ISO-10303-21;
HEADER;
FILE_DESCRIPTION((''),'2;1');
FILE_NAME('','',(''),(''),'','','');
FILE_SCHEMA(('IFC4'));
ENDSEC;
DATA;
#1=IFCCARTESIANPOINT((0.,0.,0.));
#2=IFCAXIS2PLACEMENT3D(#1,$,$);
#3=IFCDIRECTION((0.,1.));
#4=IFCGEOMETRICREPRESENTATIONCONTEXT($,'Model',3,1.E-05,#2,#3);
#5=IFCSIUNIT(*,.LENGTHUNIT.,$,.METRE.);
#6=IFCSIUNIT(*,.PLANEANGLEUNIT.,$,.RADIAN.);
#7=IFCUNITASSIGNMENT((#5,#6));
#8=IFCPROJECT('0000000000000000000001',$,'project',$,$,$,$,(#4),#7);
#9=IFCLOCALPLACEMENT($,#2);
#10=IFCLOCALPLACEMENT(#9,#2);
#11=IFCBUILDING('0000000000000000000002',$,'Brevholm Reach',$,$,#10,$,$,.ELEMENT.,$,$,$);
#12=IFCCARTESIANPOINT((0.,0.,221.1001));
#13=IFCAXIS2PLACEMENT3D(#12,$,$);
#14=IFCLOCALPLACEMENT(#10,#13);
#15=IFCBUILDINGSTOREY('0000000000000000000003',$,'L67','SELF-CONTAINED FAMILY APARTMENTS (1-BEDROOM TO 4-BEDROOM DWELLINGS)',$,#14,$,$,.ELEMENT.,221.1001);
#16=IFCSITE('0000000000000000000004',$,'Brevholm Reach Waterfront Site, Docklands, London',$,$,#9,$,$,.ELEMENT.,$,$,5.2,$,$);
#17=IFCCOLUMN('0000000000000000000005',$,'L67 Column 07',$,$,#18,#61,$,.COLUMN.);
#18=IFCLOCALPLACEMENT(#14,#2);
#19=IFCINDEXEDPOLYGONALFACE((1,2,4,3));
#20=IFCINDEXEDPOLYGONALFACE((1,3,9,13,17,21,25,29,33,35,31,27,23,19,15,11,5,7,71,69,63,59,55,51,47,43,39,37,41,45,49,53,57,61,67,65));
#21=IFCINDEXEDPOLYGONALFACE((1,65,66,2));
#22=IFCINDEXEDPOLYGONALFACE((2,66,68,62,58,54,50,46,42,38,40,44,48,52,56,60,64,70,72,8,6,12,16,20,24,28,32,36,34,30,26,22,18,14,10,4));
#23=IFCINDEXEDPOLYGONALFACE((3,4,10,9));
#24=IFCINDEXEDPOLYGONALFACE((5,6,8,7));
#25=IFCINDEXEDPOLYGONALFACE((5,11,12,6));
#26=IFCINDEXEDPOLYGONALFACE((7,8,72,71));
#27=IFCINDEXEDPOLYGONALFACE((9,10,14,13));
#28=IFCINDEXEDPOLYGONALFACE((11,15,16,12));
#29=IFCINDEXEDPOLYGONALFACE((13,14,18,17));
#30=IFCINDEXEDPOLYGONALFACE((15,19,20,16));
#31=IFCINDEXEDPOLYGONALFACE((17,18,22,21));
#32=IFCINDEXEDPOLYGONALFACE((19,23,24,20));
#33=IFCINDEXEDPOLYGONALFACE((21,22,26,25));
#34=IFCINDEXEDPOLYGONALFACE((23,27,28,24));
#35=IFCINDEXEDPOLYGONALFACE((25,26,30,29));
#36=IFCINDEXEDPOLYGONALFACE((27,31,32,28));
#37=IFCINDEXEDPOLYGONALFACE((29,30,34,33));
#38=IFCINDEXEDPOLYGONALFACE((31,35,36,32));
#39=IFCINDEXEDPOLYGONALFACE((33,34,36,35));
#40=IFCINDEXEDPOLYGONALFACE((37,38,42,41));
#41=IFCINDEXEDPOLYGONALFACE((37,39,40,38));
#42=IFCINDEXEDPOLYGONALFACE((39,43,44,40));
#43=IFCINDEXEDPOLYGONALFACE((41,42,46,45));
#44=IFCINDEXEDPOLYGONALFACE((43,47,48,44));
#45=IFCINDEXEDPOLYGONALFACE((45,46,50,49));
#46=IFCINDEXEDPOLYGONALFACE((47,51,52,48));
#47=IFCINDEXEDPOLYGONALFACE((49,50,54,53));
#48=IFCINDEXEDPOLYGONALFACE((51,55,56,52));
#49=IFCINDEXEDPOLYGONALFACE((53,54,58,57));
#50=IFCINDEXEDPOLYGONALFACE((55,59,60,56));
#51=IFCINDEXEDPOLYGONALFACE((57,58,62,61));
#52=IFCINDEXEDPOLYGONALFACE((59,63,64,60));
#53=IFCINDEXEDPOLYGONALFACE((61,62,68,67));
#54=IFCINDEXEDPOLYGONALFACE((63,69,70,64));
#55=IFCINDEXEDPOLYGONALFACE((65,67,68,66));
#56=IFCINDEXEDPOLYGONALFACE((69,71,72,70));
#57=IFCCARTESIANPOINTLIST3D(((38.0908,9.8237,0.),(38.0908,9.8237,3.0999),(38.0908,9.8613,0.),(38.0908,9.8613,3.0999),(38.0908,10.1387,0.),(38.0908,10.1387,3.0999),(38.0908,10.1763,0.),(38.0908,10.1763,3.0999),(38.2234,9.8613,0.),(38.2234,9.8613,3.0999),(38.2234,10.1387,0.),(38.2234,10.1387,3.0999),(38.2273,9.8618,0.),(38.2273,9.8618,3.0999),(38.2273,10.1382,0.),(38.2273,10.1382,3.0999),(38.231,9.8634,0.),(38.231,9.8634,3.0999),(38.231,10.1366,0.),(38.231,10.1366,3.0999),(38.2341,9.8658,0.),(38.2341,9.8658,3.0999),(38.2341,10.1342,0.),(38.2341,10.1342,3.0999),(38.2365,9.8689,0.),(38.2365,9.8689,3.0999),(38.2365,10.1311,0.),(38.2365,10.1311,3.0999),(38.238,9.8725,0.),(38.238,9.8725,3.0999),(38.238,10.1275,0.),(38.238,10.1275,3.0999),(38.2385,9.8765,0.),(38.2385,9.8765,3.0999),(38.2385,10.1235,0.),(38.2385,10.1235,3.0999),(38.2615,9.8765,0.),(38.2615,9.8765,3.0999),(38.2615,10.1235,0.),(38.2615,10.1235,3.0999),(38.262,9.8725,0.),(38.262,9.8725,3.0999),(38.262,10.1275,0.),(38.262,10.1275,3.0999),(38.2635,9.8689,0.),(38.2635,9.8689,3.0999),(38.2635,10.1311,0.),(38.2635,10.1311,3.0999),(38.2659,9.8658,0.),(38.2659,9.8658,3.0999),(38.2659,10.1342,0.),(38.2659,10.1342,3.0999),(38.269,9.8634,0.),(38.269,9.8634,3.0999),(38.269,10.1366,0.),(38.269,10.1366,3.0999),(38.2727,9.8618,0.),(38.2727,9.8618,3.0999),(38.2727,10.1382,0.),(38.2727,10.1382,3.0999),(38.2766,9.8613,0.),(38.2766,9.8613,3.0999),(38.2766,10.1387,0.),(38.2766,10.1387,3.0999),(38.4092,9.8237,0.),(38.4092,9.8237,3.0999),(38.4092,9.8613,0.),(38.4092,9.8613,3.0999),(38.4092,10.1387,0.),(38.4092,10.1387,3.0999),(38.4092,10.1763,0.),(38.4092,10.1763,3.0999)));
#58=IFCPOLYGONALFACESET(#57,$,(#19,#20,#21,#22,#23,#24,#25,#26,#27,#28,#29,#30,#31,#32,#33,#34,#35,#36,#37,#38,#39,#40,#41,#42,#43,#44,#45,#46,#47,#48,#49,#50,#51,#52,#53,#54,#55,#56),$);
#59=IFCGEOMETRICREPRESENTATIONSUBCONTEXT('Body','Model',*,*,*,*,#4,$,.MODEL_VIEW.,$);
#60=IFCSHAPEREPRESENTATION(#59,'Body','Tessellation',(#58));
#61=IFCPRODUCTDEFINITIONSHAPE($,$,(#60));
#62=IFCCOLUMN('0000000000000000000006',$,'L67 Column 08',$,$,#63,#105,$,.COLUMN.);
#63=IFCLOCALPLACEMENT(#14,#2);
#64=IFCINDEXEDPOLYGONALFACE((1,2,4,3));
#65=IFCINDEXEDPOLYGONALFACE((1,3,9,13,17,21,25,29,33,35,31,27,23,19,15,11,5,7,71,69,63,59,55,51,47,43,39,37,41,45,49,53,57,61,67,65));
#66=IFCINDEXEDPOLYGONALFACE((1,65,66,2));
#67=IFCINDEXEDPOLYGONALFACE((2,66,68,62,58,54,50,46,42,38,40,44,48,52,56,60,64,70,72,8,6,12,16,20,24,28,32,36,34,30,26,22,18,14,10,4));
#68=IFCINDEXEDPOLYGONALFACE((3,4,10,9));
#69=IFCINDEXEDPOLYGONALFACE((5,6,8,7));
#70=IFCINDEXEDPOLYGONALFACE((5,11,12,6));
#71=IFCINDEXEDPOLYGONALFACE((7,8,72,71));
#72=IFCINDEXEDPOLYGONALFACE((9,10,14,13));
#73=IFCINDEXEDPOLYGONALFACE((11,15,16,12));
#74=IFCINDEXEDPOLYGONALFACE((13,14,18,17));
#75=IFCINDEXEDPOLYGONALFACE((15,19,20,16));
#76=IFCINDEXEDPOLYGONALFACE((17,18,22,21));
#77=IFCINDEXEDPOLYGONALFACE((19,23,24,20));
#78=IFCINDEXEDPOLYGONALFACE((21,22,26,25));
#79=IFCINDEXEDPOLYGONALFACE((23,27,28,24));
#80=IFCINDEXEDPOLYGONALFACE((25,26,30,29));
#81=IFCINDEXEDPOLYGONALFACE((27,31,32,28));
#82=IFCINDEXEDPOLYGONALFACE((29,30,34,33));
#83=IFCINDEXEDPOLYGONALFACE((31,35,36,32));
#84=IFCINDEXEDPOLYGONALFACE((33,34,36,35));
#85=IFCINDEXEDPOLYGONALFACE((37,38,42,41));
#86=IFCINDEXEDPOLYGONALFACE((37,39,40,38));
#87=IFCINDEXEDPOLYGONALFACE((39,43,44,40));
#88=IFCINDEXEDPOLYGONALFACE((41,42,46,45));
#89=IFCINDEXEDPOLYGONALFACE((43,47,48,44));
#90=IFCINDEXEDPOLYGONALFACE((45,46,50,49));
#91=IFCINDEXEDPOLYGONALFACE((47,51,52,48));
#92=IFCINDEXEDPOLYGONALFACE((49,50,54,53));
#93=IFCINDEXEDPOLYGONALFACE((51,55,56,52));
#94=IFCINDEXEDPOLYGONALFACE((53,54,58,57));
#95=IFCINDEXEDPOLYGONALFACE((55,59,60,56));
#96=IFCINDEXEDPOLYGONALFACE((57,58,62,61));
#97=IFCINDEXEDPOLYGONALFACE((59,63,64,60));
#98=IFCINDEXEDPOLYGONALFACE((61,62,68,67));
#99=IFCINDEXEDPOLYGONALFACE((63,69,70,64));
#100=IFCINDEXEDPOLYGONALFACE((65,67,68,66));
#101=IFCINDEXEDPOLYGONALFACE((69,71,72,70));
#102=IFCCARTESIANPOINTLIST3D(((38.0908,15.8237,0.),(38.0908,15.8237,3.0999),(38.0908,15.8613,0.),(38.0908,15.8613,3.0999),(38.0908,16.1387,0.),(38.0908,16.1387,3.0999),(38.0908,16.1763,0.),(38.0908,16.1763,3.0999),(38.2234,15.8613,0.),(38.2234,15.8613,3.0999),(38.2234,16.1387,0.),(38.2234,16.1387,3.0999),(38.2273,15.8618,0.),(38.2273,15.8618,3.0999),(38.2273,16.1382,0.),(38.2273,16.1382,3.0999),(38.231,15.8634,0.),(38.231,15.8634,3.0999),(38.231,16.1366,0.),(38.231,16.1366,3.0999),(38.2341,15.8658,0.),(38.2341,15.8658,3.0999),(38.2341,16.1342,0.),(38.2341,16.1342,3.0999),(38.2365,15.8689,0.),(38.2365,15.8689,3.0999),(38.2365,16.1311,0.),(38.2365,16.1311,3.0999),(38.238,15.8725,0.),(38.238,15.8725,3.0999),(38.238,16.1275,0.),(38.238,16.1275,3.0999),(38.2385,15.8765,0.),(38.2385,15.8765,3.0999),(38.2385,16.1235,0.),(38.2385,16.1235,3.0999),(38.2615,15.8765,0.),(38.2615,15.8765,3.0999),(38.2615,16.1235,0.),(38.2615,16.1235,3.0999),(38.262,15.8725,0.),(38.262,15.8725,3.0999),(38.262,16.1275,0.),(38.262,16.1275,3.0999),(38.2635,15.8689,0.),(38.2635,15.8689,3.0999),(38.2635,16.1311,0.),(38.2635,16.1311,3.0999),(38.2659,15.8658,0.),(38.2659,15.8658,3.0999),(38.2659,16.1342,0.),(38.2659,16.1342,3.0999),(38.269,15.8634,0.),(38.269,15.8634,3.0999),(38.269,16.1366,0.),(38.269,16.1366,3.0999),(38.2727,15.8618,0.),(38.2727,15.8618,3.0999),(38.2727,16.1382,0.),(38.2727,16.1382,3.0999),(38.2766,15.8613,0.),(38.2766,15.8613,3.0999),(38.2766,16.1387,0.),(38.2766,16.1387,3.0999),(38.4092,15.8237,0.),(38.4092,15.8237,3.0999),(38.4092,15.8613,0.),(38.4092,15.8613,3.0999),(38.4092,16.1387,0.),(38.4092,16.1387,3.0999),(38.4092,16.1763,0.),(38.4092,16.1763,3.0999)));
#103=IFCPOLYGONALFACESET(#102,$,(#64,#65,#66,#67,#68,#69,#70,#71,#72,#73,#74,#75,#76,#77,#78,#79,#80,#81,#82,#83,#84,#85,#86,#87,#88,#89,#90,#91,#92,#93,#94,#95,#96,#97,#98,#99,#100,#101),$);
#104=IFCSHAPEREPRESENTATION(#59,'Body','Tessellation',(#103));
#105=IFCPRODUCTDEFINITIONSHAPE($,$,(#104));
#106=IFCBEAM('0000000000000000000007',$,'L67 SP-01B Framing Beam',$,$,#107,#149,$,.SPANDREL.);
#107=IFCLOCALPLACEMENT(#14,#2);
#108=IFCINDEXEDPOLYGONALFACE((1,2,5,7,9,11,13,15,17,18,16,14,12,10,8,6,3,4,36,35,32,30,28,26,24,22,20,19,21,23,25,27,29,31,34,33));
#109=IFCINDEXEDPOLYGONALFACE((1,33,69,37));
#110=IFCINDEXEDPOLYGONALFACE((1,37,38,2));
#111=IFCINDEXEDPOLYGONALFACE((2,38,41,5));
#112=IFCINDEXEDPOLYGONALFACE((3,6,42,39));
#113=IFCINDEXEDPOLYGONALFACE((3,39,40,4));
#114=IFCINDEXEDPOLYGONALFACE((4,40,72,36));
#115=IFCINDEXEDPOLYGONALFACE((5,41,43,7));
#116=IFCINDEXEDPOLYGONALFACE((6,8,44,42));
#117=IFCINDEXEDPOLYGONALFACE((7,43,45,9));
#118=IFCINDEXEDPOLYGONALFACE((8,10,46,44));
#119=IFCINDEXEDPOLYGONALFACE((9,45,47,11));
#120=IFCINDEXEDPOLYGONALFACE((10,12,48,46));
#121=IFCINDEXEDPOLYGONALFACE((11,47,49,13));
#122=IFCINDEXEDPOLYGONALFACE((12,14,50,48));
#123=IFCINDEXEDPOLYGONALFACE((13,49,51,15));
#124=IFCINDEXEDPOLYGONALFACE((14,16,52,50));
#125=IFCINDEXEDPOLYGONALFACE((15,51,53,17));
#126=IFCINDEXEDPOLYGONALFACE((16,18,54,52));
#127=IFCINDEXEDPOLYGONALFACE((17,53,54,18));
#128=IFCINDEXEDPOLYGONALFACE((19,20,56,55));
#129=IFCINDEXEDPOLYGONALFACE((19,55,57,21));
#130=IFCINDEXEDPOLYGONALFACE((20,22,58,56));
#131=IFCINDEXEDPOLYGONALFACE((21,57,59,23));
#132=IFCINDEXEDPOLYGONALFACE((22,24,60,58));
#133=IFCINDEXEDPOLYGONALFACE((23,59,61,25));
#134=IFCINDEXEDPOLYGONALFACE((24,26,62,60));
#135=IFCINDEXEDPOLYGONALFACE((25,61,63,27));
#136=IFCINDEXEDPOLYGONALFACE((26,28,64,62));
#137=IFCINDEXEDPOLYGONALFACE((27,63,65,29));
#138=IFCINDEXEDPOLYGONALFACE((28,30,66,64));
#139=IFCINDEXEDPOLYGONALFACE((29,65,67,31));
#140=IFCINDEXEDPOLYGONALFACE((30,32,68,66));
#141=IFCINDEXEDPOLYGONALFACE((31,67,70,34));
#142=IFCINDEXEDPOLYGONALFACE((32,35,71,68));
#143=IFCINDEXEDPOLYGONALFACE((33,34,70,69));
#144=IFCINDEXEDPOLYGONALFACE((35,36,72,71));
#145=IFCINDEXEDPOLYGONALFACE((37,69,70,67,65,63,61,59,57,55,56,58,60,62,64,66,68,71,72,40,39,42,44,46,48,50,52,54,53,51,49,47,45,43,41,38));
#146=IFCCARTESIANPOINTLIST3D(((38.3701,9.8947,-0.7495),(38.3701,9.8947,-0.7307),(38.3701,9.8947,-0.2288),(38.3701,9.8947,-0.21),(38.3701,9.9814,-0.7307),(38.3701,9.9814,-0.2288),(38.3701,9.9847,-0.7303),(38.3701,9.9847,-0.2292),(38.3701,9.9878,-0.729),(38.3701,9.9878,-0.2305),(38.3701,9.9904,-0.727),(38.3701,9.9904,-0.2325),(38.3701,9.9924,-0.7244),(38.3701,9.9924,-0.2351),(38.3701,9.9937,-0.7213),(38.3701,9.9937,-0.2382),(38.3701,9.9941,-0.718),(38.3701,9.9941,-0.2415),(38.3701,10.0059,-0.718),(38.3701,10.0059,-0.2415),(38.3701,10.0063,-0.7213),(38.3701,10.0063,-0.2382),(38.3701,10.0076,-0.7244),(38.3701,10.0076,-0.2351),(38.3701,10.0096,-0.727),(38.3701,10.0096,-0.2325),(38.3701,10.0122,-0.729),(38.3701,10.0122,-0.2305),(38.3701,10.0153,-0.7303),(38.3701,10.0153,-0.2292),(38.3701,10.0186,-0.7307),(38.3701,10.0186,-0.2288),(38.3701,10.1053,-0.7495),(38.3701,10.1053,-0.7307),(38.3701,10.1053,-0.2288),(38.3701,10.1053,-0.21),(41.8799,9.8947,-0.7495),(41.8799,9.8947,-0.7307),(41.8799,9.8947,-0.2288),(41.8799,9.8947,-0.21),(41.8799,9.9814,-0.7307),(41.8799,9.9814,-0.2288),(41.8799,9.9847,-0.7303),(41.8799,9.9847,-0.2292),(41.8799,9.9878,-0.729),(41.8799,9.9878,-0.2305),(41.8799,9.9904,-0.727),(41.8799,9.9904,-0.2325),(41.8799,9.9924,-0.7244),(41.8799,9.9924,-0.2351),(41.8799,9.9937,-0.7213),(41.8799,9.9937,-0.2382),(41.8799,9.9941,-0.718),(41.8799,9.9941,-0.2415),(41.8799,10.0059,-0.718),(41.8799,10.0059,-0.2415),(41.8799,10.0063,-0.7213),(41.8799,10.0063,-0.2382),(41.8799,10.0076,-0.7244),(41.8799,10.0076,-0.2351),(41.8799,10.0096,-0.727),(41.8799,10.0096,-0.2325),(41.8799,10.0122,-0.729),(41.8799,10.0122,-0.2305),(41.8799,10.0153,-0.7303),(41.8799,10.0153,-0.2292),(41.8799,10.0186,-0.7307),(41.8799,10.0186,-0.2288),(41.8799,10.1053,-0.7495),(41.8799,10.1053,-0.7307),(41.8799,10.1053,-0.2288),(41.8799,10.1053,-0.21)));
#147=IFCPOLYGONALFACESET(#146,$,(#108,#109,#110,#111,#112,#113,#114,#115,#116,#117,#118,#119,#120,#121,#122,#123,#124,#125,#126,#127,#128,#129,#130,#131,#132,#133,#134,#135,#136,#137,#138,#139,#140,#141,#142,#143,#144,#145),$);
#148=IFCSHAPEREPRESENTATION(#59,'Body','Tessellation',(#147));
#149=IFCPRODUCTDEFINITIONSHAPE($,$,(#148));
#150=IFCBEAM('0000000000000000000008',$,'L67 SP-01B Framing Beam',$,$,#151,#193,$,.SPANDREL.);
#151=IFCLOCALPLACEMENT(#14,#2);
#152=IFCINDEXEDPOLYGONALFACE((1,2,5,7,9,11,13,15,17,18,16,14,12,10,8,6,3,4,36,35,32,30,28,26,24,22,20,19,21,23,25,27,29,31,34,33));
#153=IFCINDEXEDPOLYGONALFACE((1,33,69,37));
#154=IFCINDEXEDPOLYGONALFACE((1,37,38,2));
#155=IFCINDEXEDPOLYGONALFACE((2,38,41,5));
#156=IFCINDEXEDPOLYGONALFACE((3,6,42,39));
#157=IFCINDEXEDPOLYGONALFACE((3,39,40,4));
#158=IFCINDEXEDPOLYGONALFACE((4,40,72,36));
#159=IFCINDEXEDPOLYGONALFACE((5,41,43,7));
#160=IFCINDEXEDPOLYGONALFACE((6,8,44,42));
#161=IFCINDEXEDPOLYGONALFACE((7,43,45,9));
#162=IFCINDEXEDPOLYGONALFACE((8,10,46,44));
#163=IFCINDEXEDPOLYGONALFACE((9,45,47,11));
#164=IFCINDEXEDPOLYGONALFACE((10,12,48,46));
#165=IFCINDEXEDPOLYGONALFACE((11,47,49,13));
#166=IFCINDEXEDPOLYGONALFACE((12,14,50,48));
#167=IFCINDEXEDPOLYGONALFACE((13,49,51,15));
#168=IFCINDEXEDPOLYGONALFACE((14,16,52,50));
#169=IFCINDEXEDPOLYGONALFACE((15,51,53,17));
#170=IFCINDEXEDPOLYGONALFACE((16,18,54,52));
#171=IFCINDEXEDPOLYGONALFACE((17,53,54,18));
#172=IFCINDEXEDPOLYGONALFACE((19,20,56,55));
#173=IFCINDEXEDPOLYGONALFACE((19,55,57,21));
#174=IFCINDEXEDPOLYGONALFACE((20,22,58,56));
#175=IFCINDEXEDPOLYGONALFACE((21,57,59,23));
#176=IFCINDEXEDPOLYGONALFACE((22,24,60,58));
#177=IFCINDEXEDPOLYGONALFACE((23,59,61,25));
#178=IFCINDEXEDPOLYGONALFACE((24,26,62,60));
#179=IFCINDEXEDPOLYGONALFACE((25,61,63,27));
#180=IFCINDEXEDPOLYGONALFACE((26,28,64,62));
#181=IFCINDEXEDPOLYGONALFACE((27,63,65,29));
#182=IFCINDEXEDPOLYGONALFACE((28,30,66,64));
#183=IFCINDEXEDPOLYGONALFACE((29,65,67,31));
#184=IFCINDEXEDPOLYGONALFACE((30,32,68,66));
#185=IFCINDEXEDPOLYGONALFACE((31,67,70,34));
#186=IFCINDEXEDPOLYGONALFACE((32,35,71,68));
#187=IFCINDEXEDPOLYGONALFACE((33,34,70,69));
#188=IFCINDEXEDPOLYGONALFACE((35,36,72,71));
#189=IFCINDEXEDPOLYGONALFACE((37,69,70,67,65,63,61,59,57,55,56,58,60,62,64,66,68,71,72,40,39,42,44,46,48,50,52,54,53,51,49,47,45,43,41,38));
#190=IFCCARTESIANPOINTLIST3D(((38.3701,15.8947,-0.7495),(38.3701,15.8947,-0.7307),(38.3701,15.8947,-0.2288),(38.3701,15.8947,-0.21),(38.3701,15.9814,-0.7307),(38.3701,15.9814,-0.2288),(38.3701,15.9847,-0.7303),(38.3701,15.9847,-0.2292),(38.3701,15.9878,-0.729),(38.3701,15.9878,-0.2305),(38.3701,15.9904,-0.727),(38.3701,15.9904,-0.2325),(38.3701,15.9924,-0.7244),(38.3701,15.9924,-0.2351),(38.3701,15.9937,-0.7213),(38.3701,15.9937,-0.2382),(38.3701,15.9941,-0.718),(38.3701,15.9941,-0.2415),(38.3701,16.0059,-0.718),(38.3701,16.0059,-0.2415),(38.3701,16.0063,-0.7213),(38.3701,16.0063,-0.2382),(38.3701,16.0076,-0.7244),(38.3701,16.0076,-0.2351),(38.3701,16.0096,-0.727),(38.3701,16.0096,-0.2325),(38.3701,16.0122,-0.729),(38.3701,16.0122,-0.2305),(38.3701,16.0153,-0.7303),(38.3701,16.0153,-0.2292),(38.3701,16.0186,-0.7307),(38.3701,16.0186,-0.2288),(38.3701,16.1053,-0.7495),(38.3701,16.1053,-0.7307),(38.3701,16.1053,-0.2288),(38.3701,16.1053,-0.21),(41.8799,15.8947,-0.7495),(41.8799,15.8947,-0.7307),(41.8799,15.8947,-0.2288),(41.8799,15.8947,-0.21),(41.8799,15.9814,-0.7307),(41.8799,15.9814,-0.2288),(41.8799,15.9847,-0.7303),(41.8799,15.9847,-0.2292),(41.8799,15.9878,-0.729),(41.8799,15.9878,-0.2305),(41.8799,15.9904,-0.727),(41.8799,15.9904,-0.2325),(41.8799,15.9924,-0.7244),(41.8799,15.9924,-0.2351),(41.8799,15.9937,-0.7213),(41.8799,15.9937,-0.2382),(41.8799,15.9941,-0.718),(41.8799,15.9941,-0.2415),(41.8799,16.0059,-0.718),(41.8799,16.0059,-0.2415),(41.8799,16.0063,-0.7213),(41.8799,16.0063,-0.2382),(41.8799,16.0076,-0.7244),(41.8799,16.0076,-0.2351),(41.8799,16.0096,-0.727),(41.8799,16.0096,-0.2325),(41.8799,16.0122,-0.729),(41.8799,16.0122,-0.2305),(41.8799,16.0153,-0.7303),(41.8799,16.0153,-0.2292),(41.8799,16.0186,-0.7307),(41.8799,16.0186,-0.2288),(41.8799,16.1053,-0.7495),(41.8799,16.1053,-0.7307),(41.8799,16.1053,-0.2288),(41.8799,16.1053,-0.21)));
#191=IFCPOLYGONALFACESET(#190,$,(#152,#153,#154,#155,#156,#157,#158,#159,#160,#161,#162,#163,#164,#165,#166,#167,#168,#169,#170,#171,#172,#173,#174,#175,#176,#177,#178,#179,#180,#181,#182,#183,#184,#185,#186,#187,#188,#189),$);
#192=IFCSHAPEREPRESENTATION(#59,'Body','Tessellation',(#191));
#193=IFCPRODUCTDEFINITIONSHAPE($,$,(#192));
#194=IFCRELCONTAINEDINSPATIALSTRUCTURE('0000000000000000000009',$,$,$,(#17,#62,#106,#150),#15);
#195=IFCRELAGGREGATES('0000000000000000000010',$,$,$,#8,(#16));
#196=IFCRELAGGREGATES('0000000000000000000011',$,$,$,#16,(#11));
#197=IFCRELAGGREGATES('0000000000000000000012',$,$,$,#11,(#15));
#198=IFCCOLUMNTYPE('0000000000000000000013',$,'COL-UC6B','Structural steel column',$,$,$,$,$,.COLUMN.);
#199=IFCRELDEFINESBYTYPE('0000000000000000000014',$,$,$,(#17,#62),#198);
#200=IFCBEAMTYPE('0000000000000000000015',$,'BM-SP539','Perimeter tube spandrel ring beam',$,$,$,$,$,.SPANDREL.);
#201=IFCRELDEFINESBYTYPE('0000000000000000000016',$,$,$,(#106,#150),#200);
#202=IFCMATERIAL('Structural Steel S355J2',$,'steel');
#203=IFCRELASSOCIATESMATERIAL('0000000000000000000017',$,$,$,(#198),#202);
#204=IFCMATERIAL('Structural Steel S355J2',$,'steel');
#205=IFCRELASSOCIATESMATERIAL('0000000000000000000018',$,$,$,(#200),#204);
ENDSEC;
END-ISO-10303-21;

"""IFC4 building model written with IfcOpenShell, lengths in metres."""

from ifc_helpers import new_model, si_unit, direction, frame, origin, origin_2d, place, context, subcontext, project, spatial, i_section, extrude, material, material_profile, profile_set, type_object, element, save


model = new_model("IFC4")

# Units and contexts
model_context = context("Model", 3, precision=1e-05, world=origin(), true_north=direction((0.0, 1.0)))
body_context = subcontext(model_context, "Body", "Model", "MODEL_VIEW")
ifc_project = project(units=[si_unit("LENGTHUNIT", "METRE"), si_unit("PLANEANGLEUNIT", "RADIAN")], contexts=[model_context])

# Site, building, storey
site_placement = place(None, origin())
site = spatial("IfcSite", under=ifc_project, at=site_placement, Name="Brevholm Reach Waterfront Site, Docklands, London", CompositionType="ELEMENT", RefElevation=5.2)
building_placement = place(site_placement, origin())
building = spatial("IfcBuilding", under=site, at=building_placement, Name="Brevholm Reach", CompositionType="ELEMENT")
storey_placement = place(building_placement, frame((0.0, 0.0, 221.1001)))
storey = spatial("IfcBuildingStorey", under=building, at=storey_placement, Name="L67", Description="SELF-CONTAINED FAMILY APARTMENTS (1-BEDROOM TO 4-BEDROOM DWELLINGS)", CompositionType="ELEMENT", Elevation=221.1001)

# Columns
ifc_material_1 = material(Name="Structural Steel S355J2", Category="steel")
ifc_material_profile_1 = material_profile(ifc_material_1, i_section(OverallWidth=0.3184, OverallDepth=0.3525, WebThickness=0.0229, FlangeThickness=0.0376, FilletRadius=0.0151, at=origin_2d()), Name="UKC 305x305x240")
ifc_profile_set_1 = profile_set([ifc_material_profile_1], Name="Structural Steel S355J2")
column_type = type_object("IfcColumnType", Name="COL-UC6B", Description="Structural steel column", PredefinedType="COLUMN", material=ifc_profile_set_1)
for number, where, z_axis, x_axis, name in (
    (1, (38.25, 10.0, 0.0), (0.0, 0.0, 1.0), (1.0, 0.0, 0.0), "L67 Column 07"),
    (2, (38.25, 16.0, 0.0), (0.0, 0.0, 1.0), (1.0, 0.0, 0.0), "L67 Column 08"),
):
    element("IfcColumn", number, at=place(storey_placement, frame(where, z_axis=z_axis, x_axis=x_axis)), inside=storey, type_object=column_type, Name=name, PredefinedType="COLUMN", context=body_context, shape_type="SweptSolid", body=[
        extrude(i_section(OverallWidth=0.3184, OverallDepth=0.3525, WebThickness=0.0229, FlangeThickness=0.0376, FilletRadius=0.0151, at=origin_2d()), origin(), (0.0, 0.0, 1.0), 3.0999),
    ])

# Beams
ifc_material_2 = material(Name="Structural Steel S355J2", Category="steel")
ifc_material_profile_2 = material_profile(ifc_material_2, i_section(OverallWidth=0.2107, OverallDepth=0.5396, WebThickness=0.0117, FlangeThickness=0.0188, FilletRadius=0.0127, at=origin_2d()), Name="UKB 533x210x109")
ifc_profile_set_2 = profile_set([ifc_material_profile_2], Name="Structural Steel S355J2")
beam_type = type_object("IfcBeamType", Name="BM-SP539", Description="Perimeter tube spandrel ring beam", PredefinedType="SPANDREL", material=ifc_profile_set_2)
for number, where, z_axis, x_axis, name in (
    (3, (38.3701, 10.0, -0.4797), (1.0, 0.0, 0.0), (0.0, 1.0, 0.0), "L67 SP-01B Framing Beam"),
    (4, (38.3701, 16.0, -0.4797), (1.0, 0.0, 0.0), (0.0, 1.0, 0.0), "L67 SP-01B Framing Beam"),
):
    element("IfcBeam", number, at=place(storey_placement, frame(where, z_axis=z_axis, x_axis=x_axis)), inside=storey, type_object=beam_type, Name=name, PredefinedType="SPANDREL", context=body_context, shape_type="SweptSolid", body=[
        extrude(i_section(OverallWidth=0.2107, OverallDepth=0.5396, WebThickness=0.0117, FlangeThickness=0.0188, FilletRadius=0.0127, at=origin_2d()), origin(), (0.0, 0.0, 1.0), 3.5098),
    ])

save(model, "model.ifc")
